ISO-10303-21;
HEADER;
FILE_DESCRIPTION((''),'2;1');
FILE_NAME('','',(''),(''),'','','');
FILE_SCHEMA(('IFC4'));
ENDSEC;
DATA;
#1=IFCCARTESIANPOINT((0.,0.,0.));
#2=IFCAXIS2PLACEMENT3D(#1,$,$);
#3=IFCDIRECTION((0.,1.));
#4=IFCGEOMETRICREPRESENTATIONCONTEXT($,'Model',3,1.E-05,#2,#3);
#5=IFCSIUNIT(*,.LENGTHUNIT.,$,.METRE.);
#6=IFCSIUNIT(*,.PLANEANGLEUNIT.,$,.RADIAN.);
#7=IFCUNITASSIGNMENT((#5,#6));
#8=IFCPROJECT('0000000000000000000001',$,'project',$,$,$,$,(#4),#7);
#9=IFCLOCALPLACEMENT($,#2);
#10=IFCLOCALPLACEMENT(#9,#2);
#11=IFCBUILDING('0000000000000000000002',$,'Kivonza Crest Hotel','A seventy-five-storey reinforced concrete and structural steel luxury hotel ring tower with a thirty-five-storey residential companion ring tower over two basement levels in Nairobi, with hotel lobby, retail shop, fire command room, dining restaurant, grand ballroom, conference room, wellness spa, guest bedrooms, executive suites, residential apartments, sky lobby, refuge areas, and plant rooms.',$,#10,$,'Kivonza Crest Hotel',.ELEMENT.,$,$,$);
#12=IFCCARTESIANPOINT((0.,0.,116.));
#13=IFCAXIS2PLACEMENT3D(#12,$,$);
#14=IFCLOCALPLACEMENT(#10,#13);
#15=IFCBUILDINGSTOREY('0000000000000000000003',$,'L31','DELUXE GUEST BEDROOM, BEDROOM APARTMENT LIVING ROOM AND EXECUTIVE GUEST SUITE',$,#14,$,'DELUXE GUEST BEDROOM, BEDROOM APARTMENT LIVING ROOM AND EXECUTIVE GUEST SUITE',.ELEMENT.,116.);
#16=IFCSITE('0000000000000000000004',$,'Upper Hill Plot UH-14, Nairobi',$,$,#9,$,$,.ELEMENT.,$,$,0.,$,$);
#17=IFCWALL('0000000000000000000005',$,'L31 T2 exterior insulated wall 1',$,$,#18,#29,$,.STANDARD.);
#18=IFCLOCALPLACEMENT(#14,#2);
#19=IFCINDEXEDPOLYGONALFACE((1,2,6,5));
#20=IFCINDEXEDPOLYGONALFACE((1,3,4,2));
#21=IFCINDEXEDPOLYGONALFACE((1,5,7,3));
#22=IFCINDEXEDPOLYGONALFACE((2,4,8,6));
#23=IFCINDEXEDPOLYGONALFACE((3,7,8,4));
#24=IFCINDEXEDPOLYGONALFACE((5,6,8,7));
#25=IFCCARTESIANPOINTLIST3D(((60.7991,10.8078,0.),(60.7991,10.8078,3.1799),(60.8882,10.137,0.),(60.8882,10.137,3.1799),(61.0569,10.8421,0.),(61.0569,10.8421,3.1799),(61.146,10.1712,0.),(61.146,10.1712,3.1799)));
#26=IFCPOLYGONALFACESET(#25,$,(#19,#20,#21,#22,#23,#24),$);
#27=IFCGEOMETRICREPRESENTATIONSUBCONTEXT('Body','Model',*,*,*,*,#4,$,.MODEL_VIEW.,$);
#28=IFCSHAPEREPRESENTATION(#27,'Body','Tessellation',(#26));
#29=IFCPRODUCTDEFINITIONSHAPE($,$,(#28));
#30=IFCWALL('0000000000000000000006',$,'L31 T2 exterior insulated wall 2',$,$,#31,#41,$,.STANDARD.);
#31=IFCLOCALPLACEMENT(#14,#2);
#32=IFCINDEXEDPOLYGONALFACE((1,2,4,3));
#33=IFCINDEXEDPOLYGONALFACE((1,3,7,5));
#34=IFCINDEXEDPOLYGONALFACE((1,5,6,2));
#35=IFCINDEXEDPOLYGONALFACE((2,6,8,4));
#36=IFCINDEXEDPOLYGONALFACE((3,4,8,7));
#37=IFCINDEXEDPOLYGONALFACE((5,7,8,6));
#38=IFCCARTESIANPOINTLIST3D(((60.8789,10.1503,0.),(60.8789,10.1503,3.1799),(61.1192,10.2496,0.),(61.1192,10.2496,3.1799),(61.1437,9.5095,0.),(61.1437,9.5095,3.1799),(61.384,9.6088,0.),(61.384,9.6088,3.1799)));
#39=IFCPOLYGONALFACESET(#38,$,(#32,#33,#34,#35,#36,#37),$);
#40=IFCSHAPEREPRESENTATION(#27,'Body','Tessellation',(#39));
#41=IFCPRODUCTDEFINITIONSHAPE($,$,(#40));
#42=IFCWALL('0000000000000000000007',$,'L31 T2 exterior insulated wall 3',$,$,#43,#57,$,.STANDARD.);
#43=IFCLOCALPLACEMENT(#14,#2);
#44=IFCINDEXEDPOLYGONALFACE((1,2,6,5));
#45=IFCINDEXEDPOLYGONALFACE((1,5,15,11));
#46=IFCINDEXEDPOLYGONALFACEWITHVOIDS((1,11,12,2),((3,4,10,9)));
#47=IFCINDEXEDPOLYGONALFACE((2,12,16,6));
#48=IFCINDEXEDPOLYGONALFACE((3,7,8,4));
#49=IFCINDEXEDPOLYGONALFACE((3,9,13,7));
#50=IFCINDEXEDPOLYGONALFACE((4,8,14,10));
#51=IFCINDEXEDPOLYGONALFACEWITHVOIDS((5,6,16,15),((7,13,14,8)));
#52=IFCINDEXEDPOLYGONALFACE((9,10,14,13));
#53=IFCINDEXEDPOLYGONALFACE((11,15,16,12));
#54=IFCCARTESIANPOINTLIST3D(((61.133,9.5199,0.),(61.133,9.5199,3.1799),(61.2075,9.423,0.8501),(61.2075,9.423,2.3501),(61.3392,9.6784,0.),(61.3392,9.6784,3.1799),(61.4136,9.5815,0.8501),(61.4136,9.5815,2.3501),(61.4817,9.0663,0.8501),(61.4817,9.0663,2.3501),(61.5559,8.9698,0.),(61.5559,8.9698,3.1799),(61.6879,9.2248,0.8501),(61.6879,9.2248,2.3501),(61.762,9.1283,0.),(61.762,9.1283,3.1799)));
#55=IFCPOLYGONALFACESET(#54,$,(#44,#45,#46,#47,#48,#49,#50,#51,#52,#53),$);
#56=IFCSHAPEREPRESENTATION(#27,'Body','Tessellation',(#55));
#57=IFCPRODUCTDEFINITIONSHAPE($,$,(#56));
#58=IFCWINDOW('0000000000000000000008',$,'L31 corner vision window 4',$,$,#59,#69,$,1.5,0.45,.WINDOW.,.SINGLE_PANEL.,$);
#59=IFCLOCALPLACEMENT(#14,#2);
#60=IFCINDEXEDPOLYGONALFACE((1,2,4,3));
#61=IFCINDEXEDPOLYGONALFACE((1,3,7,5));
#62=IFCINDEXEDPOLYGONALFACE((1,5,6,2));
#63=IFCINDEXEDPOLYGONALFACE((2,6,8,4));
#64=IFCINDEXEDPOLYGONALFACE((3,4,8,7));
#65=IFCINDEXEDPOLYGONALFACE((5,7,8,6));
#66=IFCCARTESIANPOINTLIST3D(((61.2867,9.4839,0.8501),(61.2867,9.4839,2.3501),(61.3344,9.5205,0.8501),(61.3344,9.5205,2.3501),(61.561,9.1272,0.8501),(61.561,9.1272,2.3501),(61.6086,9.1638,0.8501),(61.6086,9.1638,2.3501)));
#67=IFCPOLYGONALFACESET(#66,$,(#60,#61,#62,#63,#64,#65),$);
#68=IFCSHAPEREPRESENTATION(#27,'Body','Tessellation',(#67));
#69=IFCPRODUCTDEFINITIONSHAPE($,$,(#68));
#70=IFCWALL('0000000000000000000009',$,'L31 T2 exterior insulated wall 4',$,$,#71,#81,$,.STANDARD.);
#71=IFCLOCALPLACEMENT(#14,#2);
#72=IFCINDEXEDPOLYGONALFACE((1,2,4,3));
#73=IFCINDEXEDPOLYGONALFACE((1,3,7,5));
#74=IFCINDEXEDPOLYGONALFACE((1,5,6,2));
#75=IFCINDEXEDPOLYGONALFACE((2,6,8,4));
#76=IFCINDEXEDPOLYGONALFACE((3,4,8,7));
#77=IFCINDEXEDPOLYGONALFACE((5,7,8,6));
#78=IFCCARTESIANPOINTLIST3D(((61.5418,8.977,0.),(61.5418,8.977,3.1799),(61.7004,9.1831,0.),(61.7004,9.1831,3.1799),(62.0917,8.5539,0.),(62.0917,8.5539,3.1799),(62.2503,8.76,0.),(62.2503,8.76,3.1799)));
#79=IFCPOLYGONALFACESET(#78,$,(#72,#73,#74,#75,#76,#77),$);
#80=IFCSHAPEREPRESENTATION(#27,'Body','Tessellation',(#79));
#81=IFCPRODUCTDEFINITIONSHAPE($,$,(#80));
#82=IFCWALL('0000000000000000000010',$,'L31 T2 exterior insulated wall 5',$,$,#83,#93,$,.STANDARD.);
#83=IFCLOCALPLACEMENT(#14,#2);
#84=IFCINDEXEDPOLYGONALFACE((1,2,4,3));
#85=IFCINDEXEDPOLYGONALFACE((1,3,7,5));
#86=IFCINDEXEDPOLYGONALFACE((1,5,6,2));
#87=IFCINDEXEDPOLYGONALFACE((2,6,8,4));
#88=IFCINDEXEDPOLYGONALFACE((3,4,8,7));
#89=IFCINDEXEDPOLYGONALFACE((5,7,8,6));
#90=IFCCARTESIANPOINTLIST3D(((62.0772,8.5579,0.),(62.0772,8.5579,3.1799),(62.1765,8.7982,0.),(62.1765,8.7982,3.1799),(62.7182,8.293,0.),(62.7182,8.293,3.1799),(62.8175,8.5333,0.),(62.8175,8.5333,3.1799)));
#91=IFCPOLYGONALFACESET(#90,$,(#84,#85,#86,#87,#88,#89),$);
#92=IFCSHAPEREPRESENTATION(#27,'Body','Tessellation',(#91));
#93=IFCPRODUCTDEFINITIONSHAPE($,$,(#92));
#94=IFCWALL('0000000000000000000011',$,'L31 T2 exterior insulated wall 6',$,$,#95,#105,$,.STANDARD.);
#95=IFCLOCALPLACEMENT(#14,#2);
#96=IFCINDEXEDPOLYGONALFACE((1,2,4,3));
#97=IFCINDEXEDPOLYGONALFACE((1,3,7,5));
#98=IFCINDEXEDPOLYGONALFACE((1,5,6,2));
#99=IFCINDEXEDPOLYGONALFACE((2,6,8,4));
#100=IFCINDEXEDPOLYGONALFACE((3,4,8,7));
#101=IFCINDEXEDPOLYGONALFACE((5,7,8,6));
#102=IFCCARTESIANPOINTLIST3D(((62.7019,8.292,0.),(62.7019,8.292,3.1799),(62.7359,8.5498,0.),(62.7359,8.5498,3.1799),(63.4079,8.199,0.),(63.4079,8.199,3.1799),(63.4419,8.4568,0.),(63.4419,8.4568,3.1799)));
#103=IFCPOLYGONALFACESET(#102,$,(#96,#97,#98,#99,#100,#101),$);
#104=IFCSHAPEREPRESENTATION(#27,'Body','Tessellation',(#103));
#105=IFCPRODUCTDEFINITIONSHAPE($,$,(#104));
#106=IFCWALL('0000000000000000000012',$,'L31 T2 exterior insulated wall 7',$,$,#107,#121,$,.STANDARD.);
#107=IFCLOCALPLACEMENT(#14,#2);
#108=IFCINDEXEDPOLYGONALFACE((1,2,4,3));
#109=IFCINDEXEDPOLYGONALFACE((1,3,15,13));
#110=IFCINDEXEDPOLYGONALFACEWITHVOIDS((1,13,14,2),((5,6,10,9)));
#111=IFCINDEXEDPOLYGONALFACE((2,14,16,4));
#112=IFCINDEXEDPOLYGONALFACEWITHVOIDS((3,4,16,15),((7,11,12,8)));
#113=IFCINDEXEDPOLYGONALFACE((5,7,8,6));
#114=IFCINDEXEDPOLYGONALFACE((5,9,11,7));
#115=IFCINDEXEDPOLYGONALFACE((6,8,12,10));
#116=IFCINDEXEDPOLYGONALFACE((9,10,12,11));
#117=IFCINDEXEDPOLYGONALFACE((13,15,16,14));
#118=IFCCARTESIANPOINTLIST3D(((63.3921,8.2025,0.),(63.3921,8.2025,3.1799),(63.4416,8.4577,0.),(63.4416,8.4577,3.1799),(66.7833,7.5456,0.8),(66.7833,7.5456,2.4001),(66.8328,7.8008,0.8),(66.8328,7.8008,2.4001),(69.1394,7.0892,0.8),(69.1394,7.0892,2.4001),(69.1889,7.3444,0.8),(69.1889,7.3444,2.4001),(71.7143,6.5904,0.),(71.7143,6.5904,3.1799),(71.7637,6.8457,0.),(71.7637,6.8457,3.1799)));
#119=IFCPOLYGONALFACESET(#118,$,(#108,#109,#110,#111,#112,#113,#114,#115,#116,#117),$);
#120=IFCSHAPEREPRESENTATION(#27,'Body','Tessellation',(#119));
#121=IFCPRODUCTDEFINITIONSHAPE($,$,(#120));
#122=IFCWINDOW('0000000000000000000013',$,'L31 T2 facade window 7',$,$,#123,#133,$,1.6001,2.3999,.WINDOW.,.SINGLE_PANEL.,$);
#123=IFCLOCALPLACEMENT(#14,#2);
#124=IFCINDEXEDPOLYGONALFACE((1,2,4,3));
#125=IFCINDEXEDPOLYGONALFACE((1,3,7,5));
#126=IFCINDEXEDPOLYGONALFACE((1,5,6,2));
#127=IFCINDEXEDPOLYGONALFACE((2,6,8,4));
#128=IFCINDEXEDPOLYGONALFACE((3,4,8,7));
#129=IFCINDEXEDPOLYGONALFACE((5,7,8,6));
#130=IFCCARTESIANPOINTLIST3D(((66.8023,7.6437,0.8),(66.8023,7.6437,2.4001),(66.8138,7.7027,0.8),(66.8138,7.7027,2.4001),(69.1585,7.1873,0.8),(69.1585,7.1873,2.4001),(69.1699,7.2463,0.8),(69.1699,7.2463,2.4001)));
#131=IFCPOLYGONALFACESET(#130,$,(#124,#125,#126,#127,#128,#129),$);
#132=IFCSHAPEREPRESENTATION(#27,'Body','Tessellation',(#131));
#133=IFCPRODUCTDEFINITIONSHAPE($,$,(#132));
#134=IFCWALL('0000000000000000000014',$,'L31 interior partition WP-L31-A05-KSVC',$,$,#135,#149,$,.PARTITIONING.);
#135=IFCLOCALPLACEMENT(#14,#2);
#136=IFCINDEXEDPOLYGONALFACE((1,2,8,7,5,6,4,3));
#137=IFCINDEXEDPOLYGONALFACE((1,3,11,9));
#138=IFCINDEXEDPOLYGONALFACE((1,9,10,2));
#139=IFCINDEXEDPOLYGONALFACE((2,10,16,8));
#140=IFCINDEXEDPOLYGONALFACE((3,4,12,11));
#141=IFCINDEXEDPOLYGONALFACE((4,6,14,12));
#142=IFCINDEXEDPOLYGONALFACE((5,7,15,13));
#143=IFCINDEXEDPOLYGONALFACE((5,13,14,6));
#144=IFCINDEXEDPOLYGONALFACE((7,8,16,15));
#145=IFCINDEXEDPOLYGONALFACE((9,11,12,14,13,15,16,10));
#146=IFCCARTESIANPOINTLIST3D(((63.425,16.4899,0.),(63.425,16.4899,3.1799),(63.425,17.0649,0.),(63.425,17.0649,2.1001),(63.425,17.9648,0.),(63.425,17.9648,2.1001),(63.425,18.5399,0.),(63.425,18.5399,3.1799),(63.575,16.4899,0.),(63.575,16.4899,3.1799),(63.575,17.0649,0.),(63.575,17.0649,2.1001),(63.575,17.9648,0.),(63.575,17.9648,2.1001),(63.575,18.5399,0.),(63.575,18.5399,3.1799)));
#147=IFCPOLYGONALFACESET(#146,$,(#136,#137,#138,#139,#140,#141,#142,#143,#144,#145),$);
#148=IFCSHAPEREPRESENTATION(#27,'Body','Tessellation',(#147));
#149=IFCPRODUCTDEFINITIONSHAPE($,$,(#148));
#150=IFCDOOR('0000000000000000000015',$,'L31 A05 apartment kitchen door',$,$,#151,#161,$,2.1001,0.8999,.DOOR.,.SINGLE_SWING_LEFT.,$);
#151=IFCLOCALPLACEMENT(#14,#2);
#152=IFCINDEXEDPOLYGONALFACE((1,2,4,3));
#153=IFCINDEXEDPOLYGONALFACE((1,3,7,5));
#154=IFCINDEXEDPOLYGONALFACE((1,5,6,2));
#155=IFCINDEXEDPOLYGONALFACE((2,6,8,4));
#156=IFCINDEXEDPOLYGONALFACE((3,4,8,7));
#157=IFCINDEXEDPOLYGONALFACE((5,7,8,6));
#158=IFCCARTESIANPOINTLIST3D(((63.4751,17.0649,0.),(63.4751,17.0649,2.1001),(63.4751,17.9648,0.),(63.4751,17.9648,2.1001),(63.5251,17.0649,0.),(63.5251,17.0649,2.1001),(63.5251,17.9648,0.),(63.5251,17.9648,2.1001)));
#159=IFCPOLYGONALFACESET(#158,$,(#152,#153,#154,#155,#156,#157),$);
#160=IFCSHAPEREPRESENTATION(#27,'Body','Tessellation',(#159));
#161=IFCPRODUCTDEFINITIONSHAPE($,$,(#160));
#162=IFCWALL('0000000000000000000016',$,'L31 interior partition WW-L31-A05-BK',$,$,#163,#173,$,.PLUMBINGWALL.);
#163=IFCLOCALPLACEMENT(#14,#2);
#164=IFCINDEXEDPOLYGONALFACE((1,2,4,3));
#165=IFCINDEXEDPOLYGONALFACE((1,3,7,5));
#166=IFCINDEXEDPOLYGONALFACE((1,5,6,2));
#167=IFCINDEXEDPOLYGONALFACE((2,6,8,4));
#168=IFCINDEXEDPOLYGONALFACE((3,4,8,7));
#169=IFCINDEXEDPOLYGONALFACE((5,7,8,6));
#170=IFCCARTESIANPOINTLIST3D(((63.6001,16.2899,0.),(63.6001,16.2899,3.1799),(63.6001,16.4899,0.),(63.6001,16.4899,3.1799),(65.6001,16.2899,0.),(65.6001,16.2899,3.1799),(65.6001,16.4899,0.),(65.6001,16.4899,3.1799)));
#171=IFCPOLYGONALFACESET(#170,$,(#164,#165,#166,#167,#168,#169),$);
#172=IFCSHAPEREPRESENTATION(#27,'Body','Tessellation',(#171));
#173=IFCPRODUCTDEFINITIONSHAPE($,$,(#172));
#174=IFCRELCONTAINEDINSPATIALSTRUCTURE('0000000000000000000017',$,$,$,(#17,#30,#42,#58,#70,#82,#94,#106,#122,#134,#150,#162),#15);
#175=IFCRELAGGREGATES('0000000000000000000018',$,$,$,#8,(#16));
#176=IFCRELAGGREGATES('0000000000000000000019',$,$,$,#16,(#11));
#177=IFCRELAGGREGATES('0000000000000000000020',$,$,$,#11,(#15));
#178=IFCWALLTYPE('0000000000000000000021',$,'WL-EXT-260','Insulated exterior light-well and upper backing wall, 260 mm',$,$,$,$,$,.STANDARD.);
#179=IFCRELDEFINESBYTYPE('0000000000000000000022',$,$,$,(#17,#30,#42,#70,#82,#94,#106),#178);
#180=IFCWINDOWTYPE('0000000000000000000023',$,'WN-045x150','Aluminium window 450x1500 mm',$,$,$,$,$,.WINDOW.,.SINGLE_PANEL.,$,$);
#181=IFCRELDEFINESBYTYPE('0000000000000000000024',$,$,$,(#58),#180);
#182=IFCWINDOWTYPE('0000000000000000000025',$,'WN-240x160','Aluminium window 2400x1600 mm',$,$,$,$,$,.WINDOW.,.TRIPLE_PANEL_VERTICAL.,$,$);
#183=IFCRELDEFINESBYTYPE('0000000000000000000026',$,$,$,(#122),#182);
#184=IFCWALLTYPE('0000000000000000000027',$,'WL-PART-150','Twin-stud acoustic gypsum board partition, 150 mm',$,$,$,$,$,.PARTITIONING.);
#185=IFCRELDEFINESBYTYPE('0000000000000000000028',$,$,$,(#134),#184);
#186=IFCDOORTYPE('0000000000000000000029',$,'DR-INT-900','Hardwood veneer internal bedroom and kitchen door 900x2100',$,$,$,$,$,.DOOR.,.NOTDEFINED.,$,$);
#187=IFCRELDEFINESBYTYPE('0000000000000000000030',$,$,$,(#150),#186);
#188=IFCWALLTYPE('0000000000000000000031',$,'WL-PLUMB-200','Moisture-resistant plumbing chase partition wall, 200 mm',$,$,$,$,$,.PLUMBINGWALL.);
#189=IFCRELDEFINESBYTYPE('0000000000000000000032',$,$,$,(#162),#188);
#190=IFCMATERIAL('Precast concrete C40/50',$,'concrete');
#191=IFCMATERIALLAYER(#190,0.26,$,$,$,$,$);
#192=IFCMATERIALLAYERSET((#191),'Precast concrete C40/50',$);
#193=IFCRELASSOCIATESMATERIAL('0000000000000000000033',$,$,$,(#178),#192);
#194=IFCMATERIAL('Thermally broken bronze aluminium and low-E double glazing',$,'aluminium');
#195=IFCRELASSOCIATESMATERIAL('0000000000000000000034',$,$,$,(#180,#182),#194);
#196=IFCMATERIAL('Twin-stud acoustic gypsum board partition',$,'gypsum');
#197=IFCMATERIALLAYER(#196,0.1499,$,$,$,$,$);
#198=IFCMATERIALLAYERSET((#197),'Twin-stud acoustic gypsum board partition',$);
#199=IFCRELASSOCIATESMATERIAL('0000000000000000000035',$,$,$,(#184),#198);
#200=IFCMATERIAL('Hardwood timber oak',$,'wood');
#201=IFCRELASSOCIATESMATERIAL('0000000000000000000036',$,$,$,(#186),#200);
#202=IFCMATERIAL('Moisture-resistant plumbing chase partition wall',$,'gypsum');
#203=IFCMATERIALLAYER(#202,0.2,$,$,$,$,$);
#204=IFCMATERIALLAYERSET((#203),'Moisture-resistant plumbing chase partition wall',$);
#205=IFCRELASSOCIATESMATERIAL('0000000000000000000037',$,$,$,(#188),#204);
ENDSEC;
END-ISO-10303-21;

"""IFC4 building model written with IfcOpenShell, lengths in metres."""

from ifc_helpers import new_model, si_unit, direction, frame, frame_2d, origin, place, context, subcontext, project, spatial, rectangle, extrude, material, layer, layer_set, type_object, element, fill, save


model = new_model("IFC4")

# Units and contexts
model_context = context("Model", 3, precision=1e-05, world=origin(), true_north=direction((0.0, 1.0)))
body_context = subcontext(model_context, "Body", "Model", "MODEL_VIEW")
ifc_project = project(units=[si_unit("LENGTHUNIT", "METRE"), si_unit("PLANEANGLEUNIT", "RADIAN")], contexts=[model_context])

# Site, building, storey
site_placement = place(None, origin())
site = spatial("IfcSite", under=ifc_project, at=site_placement, Name="Upper Hill Plot UH-14, Nairobi", CompositionType="ELEMENT", RefElevation=0.0)
building_placement = place(site_placement, origin())
building = spatial("IfcBuilding", under=site, at=building_placement, Name="Kivonza Crest Hotel", Description="A seventy-five-storey reinforced concrete and structural steel luxury hotel ring tower with a thirty-five-storey residential companion ring tower over two basement levels in Nairobi, with hotel lobby, retail shop, fire command room, dining restaurant, grand ballroom, conference room, wellness spa, guest bedrooms, executive suites, residential apartments, sky lobby, refuge areas, and plant rooms.", LongName="Kivonza Crest Hotel", CompositionType="ELEMENT")
storey_placement = place(building_placement, frame((0.0, 0.0, 116.0)))
storey = spatial("IfcBuildingStorey", under=building, at=storey_placement, Name="L31", Description="DELUXE GUEST BEDROOM, BEDROOM APARTMENT LIVING ROOM AND EXECUTIVE GUEST SUITE", LongName="DELUXE GUEST BEDROOM, BEDROOM APARTMENT LIVING ROOM AND EXECUTIVE GUEST SUITE", CompositionType="ELEMENT", Elevation=116.0)

# Walls
ifc_material_1 = material(Name="Precast concrete C40/50", Category="concrete")
ifc_layer_1 = layer(ifc_material_1, 0.26)
ifc_layer_set_1 = layer_set([ifc_layer_1], Name="Precast concrete C40/50")
wall_type_1 = type_object("IfcWallType", Name="WL-EXT-260", Description="Insulated exterior light-well and upper backing wall, 260 mm", PredefinedType="STANDARD", material=ifc_layer_set_1)
wall_1_placement = place(storey_placement, frame((60.928, 10.825, 0.0), z_axis=(0.0, 0.0, 1.0), x_axis=(0.131667, -0.991294, 0.0)))
element("IfcWall", 1, at=wall_1_placement, inside=storey, type_object=wall_type_1, Name="L31 T2 exterior insulated wall 1", PredefinedType="STANDARD", context=body_context, shape_type="SweptSolid", body=[
    extrude(rectangle(XDim=0.6768, YDim=0.26, at=frame_2d((0.3384, 0.0))), origin(), (0.0, 0.0, 1.0), 3.1799),
])
wall_2_placement = place(storey_placement, frame((60.999, 10.2, 0.0), z_axis=(0.0, 0.0, 1.0), x_axis=(0.381989, -0.924167, 0.0)))
element("IfcWall", 2, at=wall_2_placement, inside=storey, type_object=wall_type_1, Name="L31 T2 exterior insulated wall 2", PredefinedType="STANDARD", context=body_context, shape_type="SweptSolid", body=[
    extrude(rectangle(XDim=0.6934, YDim=0.26, at=frame_2d((0.3467, 0.0))), origin(), (0.0, 0.0, 1.0), 3.1799),
])

# Wall, opening, window
wall_3_placement = place(storey_placement, frame((61.2361, 9.5991, 0.0), z_axis=(0.0, 0.0, 1.0), x_axis=(0.609473, -0.792807, 0.0)))
wall_3 = element("IfcWall", 3, at=wall_3_placement, inside=storey, type_object=wall_type_1, Name="L31 T2 exterior insulated wall 3", PredefinedType="STANDARD", context=body_context, shape_type="SweptSolid", body=[
    extrude(rectangle(XDim=0.6938, YDim=0.26, at=frame_2d((0.3469, 0.0))), origin(), (0.0, 0.0, 1.0), 3.1799),
])
opening_1_placement = place(wall_3_placement, frame((0.1221, 0.0, 0.8501)))
opening_1 = element("IfcOpeningElement", 4, at=opening_1_placement, cuts=wall_3, PredefinedType="OPENING", context=body_context, shape_type="SweptSolid", body=[
    extrude(rectangle(XDim=0.45, YDim=1.5, at=frame_2d((0.2251, 0.75))), frame((0.0, 0.1401, 0.0), z_axis=(0.0, -1.0, 0.0), x_axis=(1.0, 0.0, 0.0)), (0.0, 0.0, 1.0), 0.28),
])
ifc_material_2 = material(Name="Thermally broken bronze aluminium and low-E double glazing", Category="aluminium")
window_type_1 = type_object("IfcWindowType", Name="WN-045x150", Description="Aluminium window 450x1500 mm", PartitioningType="SINGLE_PANEL", PredefinedType="WINDOW", material=ifc_material_2)
window_1_placement = place(opening_1_placement, origin())
window_1 = element("IfcWindow", 5, at=window_1_placement, inside=storey, type_object=window_type_1, Name="L31 corner vision window 4", OverallHeight=1.5, OverallWidth=0.45, PartitioningType="SINGLE_PANEL", PredefinedType="WINDOW", context=body_context, shape_type="SweptSolid", body=[
    extrude(rectangle(XDim=0.45, YDim=1.5, at=frame_2d((0.2251, 0.75))), frame((0.0, 0.03, 0.0), z_axis=(0.0, -1.0, 0.0), x_axis=(1.0, 0.0, 0.0)), (0.0, 0.0, 1.0), 0.0601),
])
fill(opening_1, window_1)

# Walls
wall_4_placement = place(storey_placement, frame((61.6211, 9.0801, 0.0), z_axis=(0.0, 0.0, 1.0), x_axis=(0.792506, -0.609864, 0.0)))
element("IfcWall", 6, at=wall_4_placement, inside=storey, type_object=wall_type_1, Name="L31 T2 exterior insulated wall 4", PredefinedType="STANDARD", context=body_context, shape_type="SweptSolid", body=[
    extrude(rectangle(XDim=0.6938, YDim=0.26, at=frame_2d((0.3469, 0.0))), origin(), (0.0, 0.0, 1.0), 3.1799),
])
wall_5_placement = place(storey_placement, frame((62.127, 8.678, 0.0), z_axis=(0.0, 0.0, 1.0), x_axis=(0.924218, -0.381865, 0.0)))
element("IfcWall", 7, at=wall_5_placement, inside=storey, type_object=wall_type_1, Name="L31 T2 exterior insulated wall 5", PredefinedType="STANDARD", context=body_context, shape_type="SweptSolid", body=[
    extrude(rectangle(XDim=0.6936, YDim=0.26, at=frame_2d((0.3467, 0.0))), origin(), (0.0, 0.0, 1.0), 3.1799),
])
wall_6_placement = place(storey_placement, frame((62.719, 8.4209, 0.0), z_axis=(0.0, 0.0, 1.0), x_axis=(0.991433, -0.130614, 0.0)))
element("IfcWall", 8, at=wall_6_placement, inside=storey, type_object=wall_type_1, Name="L31 T2 exterior insulated wall 6", PredefinedType="STANDARD", context=body_context, shape_type="SweptSolid", body=[
    extrude(rectangle(XDim=0.7122, YDim=0.26, at=frame_2d((0.356, 0.0))), origin(), (0.0, 0.0, 1.0), 3.1799),
])

# Wall, opening, window
wall_7_placement = place(storey_placement, frame((63.417, 8.3301, 0.0), z_axis=(0.0, 0.0, 1.0), x_axis=(0.98175, -0.190175, 0.0)))
wall_7 = element("IfcWall", 9, at=wall_7_placement, inside=storey, type_object=wall_type_1, Name="L31 T2 exterior insulated wall 7", PredefinedType="STANDARD", context=body_context, shape_type="SweptSolid", body=[
    extrude(rectangle(XDim=8.4768, YDim=0.26, at=frame_2d((4.2383, 0.0))), origin(), (0.0, 0.0, 1.0), 3.1799),
])
opening_2_placement = place(wall_7_placement, frame((3.4541, 0.0, 0.8)))
opening_2 = element("IfcOpeningElement", 10, at=opening_2_placement, cuts=wall_7, PredefinedType="OPENING", context=body_context, shape_type="SweptSolid", body=[
    extrude(rectangle(XDim=2.3999, YDim=1.6001, at=frame_2d((1.2, 0.8))), frame((0.0, 0.1401, 0.0), z_axis=(0.0, -1.0, 0.0), x_axis=(1.0, 0.0, 0.0)), (0.0, 0.0, 1.0), 0.28),
])
window_type_2 = type_object("IfcWindowType", Name="WN-240x160", Description="Aluminium window 2400x1600 mm", PartitioningType="TRIPLE_PANEL_VERTICAL", PredefinedType="WINDOW", material=ifc_material_2)
window_2_placement = place(opening_2_placement, origin())
window_2 = element("IfcWindow", 11, at=window_2_placement, inside=storey, type_object=window_type_2, Name="L31 T2 facade window 7", OverallHeight=1.6001, OverallWidth=2.3999, PartitioningType="SINGLE_PANEL", PredefinedType="WINDOW", context=body_context, shape_type="SweptSolid", body=[
    extrude(rectangle(XDim=2.3999, YDim=1.6001, at=frame_2d((1.2, 0.8))), frame((0.0, 0.03, 0.0), z_axis=(0.0, -1.0, 0.0), x_axis=(1.0, 0.0, 0.0)), (0.0, 0.0, 1.0), 0.0601),
])
fill(opening_2, window_2)

# Wall, opening, door
ifc_material_3 = material(Name="Twin-stud acoustic gypsum board partition", Category="gypsum")
ifc_layer_2 = layer(ifc_material_3, 0.1499)
ifc_layer_set_2 = layer_set([ifc_layer_2], Name="Twin-stud acoustic gypsum board partition")
wall_type_2 = type_object("IfcWallType", Name="WL-PART-150", Description="Twin-stud acoustic gypsum board partition, 150 mm", PredefinedType="PARTITIONING", material=ifc_layer_set_2)
wall_8_placement = place(storey_placement, frame((63.5, 16.49, 0.0), z_axis=(0.0, 0.0, 1.0), x_axis=(0.0, 1.0, 0.0)))
wall_8 = element("IfcWall", 12, at=wall_8_placement, inside=storey, type_object=wall_type_2, Name="L31 interior partition WP-L31-A05-KSVC", PredefinedType="PARTITIONING", context=body_context, shape_type="SweptSolid", body=[
    extrude(rectangle(XDim=2.05, YDim=0.1499, at=frame_2d((1.0249, 0.0))), origin(), (0.0, 0.0, 1.0), 3.1799),
])
opening_3_placement = place(wall_8_placement, frame((0.575, 0.0, 0.0)))
opening_3 = element("IfcOpeningElement", 13, at=opening_3_placement, cuts=wall_8, PredefinedType="OPENING", context=body_context, shape_type="SweptSolid", body=[
    extrude(rectangle(XDim=0.8999, YDim=2.1001, at=frame_2d((0.45, 1.05))), frame((0.0, 0.085, 0.0), z_axis=(0.0, -1.0, 0.0), x_axis=(1.0, 0.0, 0.0)), (0.0, 0.0, 1.0), 0.1699),
])
ifc_material_4 = material(Name="Hardwood timber oak", Category="wood")
door_type_1 = type_object("IfcDoorType", Name="DR-INT-900", Description="Hardwood veneer internal bedroom and kitchen door 900x2100", OperationType="NOTDEFINED", PredefinedType="DOOR", material=ifc_material_4)
door_1_placement = place(opening_3_placement, origin())
door_1 = element("IfcDoor", 14, at=door_1_placement, inside=storey, type_object=door_type_1, Name="L31 A05 apartment kitchen door", OperationType="SINGLE_SWING_LEFT", OverallHeight=2.1001, OverallWidth=0.8999, PredefinedType="DOOR", context=body_context, shape_type="SweptSolid", body=[
    extrude(rectangle(XDim=0.8999, YDim=2.1001, at=frame_2d((0.45, 1.05))), frame((0.0, 0.0249, 0.0), z_axis=(0.0, -1.0, 0.0), x_axis=(1.0, 0.0, 0.0)), (0.0, 0.0, 1.0), 0.05),
])
fill(opening_3, door_1)

# Wall
ifc_material_5 = material(Name="Moisture-resistant plumbing chase partition wall", Category="gypsum")
ifc_layer_3 = layer(ifc_material_5, 0.2)
ifc_layer_set_3 = layer_set([ifc_layer_3], Name="Moisture-resistant plumbing chase partition wall")
wall_type_3 = type_object("IfcWallType", Name="WL-PLUMB-200", Description="Moisture-resistant plumbing chase partition wall, 200 mm", PredefinedType="PLUMBINGWALL", material=ifc_layer_set_3)
wall_9_placement = place(storey_placement, frame((63.6001, 16.3899, 0.0), z_axis=(0.0, 0.0, 1.0), x_axis=(1.0, 0.0, 0.0)))
element("IfcWall", 15, at=wall_9_placement, inside=storey, type_object=wall_type_3, Name="L31 interior partition WW-L31-A05-BK", PredefinedType="PLUMBINGWALL", context=body_context, shape_type="SweptSolid", body=[
    extrude(rectangle(XDim=2.0, YDim=0.2, at=frame_2d((1.0, 0.0))), origin(), (0.0, 0.0, 1.0), 3.1799),
])

save(model, "model.ifc")
